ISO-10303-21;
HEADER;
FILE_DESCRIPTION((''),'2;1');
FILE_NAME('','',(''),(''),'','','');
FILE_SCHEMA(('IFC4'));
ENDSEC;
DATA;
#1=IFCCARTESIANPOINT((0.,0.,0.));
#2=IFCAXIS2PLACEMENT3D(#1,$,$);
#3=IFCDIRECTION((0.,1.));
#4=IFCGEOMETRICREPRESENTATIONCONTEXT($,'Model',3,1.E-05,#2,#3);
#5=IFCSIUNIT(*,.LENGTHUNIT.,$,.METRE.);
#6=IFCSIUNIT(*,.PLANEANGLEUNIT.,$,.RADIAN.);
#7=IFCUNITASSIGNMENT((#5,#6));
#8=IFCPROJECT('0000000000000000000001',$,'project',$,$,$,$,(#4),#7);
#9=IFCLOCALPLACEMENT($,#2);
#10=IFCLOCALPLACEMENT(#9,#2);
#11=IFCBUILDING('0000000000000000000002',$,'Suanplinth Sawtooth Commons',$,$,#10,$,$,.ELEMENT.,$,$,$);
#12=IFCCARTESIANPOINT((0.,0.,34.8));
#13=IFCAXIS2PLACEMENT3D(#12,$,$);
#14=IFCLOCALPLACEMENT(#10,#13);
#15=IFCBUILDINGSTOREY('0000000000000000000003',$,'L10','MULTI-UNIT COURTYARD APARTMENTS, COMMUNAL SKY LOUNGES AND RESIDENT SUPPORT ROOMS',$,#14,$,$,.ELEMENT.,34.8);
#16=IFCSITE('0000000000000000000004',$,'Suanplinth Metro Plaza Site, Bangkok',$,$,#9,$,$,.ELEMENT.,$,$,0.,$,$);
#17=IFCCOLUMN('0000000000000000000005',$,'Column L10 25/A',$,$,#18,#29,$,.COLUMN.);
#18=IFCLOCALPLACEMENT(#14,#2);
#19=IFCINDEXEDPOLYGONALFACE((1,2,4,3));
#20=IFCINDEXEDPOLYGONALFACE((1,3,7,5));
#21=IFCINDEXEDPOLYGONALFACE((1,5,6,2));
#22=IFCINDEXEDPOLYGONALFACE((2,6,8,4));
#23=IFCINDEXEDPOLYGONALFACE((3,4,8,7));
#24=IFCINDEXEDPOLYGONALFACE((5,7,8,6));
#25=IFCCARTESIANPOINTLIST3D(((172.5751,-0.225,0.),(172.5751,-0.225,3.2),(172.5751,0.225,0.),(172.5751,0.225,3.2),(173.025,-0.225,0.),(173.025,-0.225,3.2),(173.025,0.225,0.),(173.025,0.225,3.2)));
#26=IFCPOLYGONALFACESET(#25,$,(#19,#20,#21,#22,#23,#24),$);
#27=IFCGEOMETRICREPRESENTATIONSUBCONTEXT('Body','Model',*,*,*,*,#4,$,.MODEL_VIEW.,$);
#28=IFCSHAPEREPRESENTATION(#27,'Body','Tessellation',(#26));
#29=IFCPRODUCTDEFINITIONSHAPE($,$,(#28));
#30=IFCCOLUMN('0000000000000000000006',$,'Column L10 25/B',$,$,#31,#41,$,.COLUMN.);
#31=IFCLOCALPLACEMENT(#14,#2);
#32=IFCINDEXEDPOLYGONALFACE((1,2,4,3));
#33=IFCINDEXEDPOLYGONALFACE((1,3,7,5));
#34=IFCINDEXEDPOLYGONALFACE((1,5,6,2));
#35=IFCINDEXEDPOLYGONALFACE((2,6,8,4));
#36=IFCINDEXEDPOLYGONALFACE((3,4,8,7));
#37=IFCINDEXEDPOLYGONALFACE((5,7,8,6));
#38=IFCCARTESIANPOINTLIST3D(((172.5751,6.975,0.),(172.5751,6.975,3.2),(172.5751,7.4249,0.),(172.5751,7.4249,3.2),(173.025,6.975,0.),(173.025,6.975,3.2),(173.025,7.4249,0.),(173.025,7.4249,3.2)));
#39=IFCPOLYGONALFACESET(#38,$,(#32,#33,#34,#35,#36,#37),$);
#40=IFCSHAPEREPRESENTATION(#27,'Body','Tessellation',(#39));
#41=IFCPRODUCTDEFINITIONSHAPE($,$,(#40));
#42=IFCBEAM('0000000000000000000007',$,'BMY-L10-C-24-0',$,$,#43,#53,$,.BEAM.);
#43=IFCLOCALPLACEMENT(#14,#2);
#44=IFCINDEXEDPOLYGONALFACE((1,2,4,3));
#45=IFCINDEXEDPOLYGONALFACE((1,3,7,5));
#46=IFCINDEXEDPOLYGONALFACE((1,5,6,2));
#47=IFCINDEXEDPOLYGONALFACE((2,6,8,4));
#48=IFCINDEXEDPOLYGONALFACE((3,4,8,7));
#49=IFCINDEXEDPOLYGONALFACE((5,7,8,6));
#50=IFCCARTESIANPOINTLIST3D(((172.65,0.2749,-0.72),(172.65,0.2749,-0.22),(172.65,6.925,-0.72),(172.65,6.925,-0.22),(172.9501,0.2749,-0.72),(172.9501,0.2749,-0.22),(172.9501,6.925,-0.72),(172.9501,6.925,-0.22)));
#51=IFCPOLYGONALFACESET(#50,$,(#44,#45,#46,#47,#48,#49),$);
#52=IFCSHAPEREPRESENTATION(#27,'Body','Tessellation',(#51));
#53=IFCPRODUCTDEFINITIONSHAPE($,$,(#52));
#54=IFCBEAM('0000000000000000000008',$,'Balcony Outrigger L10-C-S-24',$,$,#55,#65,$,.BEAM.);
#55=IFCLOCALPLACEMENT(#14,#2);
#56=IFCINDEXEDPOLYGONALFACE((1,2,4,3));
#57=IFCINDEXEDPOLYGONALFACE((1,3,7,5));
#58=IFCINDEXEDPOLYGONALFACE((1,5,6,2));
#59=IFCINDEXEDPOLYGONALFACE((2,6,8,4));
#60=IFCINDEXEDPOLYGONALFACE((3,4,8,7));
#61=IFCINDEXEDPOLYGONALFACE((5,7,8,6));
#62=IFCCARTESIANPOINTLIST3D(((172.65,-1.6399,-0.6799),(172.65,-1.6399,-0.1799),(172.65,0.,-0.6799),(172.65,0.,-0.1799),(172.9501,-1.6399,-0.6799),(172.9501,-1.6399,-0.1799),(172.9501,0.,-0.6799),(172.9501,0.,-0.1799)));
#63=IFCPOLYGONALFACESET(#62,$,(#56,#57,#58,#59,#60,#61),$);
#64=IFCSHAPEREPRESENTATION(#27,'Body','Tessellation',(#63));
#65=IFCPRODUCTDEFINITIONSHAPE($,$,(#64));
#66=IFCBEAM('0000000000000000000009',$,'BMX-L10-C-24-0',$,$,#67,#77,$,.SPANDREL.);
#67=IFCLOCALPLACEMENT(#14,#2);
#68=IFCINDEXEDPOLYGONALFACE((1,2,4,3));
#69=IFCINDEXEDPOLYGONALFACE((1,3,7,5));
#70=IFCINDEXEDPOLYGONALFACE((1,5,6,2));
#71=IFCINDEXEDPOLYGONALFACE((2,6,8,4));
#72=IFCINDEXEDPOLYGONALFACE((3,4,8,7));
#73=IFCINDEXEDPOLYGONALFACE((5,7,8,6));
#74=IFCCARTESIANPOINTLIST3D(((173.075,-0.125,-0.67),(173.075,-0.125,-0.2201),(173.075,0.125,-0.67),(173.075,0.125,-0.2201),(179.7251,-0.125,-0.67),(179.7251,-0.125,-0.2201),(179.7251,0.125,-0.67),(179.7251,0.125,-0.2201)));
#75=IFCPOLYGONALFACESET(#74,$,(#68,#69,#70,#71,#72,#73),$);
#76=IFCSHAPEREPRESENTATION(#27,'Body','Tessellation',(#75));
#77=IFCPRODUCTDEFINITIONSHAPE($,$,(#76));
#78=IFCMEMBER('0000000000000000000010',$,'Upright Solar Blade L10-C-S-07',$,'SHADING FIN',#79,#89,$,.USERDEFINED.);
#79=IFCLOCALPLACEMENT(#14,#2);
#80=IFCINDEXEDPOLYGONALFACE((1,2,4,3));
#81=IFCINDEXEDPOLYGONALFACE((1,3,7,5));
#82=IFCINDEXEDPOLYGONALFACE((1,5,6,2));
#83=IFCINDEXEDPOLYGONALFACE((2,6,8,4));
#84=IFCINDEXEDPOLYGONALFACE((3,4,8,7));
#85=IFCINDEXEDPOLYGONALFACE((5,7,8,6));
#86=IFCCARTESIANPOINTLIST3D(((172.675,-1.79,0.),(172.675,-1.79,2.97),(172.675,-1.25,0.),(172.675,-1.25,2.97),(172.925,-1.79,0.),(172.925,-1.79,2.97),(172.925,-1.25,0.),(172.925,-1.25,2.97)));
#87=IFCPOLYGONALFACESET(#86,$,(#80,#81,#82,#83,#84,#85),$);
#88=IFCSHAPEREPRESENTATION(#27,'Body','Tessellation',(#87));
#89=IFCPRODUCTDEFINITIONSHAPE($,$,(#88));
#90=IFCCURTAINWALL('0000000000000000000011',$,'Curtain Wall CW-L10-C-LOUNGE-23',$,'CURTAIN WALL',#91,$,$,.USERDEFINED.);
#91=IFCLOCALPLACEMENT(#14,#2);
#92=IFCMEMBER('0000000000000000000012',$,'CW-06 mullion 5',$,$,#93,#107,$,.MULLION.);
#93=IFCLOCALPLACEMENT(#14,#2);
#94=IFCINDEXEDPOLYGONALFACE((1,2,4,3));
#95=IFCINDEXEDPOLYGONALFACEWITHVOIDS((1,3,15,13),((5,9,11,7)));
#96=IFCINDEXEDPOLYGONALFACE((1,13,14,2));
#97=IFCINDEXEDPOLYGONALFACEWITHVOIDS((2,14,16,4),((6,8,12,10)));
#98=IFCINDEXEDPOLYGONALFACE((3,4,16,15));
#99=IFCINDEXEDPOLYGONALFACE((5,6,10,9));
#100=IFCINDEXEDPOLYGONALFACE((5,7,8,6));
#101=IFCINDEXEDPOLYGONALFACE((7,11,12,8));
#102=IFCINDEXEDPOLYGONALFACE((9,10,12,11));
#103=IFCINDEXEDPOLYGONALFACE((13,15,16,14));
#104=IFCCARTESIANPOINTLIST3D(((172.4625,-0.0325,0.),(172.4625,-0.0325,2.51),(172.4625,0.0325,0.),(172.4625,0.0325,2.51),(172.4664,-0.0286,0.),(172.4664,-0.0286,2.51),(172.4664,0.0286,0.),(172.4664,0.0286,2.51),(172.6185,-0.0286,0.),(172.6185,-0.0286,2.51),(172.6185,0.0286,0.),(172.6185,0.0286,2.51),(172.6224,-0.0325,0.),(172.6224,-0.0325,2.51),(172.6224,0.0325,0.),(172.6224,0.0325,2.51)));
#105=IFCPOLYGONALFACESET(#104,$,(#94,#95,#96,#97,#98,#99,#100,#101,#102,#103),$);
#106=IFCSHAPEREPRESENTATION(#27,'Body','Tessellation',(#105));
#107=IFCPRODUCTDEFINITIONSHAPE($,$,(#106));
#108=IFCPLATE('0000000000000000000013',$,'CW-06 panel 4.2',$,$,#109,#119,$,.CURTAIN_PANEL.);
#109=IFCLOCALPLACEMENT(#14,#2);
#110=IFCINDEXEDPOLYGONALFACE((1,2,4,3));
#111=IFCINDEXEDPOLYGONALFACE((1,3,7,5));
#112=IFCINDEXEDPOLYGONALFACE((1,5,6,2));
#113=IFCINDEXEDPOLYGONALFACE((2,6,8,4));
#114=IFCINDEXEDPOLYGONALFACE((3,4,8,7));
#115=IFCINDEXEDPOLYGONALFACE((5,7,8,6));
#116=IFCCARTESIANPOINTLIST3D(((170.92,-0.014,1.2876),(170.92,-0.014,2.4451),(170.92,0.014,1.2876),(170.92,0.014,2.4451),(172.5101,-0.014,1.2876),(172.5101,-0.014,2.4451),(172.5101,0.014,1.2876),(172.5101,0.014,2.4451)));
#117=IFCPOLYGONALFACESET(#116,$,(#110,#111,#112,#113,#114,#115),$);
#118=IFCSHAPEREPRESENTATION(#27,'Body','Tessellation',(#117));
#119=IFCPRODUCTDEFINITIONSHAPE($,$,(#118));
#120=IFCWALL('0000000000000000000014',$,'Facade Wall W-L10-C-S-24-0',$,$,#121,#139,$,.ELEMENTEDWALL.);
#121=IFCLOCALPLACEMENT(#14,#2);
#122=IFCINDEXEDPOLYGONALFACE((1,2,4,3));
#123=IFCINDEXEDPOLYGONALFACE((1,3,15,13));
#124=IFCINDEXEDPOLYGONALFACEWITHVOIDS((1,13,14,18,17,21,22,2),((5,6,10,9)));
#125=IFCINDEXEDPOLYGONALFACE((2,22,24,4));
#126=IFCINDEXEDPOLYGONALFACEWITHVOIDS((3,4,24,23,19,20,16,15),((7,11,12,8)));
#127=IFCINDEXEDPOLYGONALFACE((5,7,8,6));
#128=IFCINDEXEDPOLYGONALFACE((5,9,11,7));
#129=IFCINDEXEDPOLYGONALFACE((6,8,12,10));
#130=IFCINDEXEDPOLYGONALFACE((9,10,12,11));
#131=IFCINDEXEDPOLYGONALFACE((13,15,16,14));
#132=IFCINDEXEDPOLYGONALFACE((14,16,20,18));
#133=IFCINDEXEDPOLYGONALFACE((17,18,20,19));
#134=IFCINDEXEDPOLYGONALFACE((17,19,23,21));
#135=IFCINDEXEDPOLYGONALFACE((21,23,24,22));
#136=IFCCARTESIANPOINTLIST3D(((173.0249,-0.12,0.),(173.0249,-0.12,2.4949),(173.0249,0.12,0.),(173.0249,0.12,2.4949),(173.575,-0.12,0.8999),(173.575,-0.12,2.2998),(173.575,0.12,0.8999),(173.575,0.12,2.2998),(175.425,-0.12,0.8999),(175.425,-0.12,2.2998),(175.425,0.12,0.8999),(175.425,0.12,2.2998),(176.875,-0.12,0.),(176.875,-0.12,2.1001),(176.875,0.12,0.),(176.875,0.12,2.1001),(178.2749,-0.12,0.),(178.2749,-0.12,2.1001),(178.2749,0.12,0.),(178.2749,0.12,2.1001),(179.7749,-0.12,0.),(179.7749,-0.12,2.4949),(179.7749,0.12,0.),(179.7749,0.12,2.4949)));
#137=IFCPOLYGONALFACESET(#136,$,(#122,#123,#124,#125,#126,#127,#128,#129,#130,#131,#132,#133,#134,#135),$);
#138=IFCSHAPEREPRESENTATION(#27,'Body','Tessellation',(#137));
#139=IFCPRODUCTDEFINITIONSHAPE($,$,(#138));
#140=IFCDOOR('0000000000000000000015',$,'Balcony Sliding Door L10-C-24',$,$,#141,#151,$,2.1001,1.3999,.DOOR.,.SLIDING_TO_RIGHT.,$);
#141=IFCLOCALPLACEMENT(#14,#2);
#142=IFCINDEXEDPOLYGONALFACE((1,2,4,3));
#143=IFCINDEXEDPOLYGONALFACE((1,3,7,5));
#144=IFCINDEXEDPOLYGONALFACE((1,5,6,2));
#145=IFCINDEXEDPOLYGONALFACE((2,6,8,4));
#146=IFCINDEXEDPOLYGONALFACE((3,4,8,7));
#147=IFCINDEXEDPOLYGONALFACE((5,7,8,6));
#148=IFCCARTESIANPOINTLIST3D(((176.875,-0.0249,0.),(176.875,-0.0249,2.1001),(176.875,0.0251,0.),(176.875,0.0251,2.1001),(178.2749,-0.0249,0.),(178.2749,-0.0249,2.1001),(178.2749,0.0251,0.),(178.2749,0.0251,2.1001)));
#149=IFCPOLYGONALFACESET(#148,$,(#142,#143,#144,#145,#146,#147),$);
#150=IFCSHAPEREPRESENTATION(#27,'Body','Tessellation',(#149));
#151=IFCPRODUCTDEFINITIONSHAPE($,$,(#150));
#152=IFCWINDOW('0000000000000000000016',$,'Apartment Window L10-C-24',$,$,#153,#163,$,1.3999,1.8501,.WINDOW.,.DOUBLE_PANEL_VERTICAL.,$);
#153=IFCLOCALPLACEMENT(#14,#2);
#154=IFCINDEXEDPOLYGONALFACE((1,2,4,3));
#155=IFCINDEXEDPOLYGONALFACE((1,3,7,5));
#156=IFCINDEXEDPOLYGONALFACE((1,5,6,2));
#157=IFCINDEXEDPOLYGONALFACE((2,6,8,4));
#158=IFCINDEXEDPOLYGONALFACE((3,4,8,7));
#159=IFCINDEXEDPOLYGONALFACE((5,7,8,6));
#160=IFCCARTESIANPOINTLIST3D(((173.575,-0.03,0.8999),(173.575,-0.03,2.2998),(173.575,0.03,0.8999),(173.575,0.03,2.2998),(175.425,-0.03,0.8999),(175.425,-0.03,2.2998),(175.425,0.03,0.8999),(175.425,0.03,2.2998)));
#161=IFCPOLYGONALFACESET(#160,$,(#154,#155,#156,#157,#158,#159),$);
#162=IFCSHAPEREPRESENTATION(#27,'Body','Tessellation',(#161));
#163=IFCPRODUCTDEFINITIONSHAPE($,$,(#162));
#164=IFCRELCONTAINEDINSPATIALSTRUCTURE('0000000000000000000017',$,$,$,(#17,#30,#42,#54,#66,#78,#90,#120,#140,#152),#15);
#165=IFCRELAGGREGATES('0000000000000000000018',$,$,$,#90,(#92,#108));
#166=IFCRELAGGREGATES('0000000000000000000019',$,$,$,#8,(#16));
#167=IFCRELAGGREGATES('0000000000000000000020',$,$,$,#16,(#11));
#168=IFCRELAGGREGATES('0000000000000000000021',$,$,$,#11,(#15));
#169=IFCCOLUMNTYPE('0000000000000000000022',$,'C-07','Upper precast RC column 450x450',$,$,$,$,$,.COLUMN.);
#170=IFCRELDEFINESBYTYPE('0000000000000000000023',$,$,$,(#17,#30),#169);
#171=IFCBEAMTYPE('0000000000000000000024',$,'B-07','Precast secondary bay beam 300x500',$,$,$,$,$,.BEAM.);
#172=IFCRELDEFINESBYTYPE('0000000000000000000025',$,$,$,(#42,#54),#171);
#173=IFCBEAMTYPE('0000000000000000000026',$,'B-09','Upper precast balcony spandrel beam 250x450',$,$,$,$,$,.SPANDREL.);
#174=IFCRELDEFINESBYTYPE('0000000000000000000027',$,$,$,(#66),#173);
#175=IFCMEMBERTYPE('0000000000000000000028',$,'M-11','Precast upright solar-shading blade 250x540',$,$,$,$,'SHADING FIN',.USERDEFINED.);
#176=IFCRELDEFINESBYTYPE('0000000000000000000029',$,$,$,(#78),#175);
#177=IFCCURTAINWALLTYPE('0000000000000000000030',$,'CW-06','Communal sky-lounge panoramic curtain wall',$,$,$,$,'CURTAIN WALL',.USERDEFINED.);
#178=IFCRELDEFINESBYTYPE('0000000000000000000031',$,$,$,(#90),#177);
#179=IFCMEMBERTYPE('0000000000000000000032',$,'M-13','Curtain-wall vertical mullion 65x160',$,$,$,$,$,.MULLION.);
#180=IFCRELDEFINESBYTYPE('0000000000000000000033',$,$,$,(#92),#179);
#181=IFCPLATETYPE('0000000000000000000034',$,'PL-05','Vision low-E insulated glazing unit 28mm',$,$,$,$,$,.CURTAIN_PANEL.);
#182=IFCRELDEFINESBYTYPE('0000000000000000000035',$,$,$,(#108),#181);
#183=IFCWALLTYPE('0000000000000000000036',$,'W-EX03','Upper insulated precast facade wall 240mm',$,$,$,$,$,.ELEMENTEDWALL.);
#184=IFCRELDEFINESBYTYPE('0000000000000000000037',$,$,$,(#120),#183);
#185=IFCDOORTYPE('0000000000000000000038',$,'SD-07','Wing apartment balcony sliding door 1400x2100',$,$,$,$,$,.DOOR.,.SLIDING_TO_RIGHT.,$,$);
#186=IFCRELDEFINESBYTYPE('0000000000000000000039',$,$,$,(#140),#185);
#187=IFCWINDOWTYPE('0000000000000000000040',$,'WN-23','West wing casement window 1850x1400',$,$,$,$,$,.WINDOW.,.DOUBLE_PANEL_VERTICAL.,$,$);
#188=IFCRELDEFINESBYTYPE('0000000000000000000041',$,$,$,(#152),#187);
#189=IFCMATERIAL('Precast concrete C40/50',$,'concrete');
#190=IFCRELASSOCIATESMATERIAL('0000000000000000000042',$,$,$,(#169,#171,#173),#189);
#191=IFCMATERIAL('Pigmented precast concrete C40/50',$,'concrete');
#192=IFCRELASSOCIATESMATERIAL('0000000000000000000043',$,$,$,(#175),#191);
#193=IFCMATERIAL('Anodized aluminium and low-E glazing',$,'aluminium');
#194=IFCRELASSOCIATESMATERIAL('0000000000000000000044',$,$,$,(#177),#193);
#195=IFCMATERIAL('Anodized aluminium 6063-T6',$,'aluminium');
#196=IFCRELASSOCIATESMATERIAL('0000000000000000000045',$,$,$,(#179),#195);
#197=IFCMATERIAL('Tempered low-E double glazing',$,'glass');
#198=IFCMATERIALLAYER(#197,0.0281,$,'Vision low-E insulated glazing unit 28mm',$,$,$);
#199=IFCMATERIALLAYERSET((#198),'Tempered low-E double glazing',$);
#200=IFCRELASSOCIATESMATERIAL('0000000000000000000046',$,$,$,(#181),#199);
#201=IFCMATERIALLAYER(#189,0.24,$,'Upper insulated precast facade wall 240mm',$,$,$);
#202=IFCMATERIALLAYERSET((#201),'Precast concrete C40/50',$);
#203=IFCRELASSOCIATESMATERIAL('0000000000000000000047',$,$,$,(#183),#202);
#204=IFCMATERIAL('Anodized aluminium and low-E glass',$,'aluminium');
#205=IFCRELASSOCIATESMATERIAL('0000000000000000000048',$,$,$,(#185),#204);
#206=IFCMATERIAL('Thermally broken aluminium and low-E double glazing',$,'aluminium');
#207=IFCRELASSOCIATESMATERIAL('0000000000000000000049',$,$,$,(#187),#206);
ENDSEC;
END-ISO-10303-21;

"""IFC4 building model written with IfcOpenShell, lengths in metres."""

from ifc_helpers import new_model, si_unit, direction, frame, frame_2d, origin, origin_2d, place, context, subcontext, project, spatial, rectangle, hollow_rectangle, extrude, material, layer, layer_set, material_profile, profile_set, type_object, element, fill, aggregate, save


model = new_model("IFC4")

# Units and contexts
model_context = context("Model", 3, precision=1e-05, world=origin(), true_north=direction((0.0, 1.0)))
body_context = subcontext(model_context, "Body", "Model", "MODEL_VIEW")
ifc_project = project(units=[si_unit("LENGTHUNIT", "METRE"), si_unit("PLANEANGLEUNIT", "RADIAN")], contexts=[model_context])

# Site, building, storey
site_placement = place(None, origin())
site = spatial("IfcSite", under=ifc_project, at=site_placement, Name="Suanplinth Metro Plaza Site, Bangkok", CompositionType="ELEMENT", RefElevation=0.0)
building_placement = place(site_placement, origin())
building = spatial("IfcBuilding", under=site, at=building_placement, Name="Suanplinth Sawtooth Commons", CompositionType="ELEMENT")
storey_placement = place(building_placement, frame((0.0, 0.0, 34.8)))
storey = spatial("IfcBuildingStorey", under=building, at=storey_placement, Name="L10", Description="MULTI-UNIT COURTYARD APARTMENTS, COMMUNAL SKY LOUNGES AND RESIDENT SUPPORT ROOMS", CompositionType="ELEMENT", Elevation=34.8)

# Columns
ifc_material_1 = material(Name="Precast concrete C40/50", Category="concrete")
ifc_material_profile_1 = material_profile(ifc_material_1, rectangle(XDim=0.45, YDim=0.45, at=origin_2d()), Name="PC-COL 450x450")
ifc_profile_set_1 = profile_set([ifc_material_profile_1], Name="Precast concrete C40/50")
column_type = type_object("IfcColumnType", Name="C-07", Description="Upper precast RC column 450x450", PredefinedType="COLUMN", material=ifc_profile_set_1)
for number, where, z_axis, x_axis, name in (
    (1, (172.8, 0.0, 0.0), (0.0, 0.0, 1.0), (1.0, 0.0, 0.0), "Column L10 25/A"),
    (2, (172.8, 7.2, 0.0), (0.0, 0.0, 1.0), (1.0, 0.0, 0.0), "Column L10 25/B"),
):
    element("IfcColumn", number, at=place(storey_placement, frame(where, z_axis=z_axis, x_axis=x_axis)), inside=storey, type_object=column_type, Name=name, PredefinedType="COLUMN", context=body_context, shape_type="SweptSolid", body=[
        extrude(rectangle(XDim=0.45, YDim=0.45, at=origin_2d()), origin(), (0.0, 0.0, 1.0), 3.2),
    ])

# Beams
ifc_material_profile_2 = material_profile(ifc_material_1, rectangle(XDim=0.3, YDim=0.5, at=origin_2d()), Name="PC-BM 300x500")
ifc_profile_set_2 = profile_set([ifc_material_profile_2], Name="Precast concrete C40/50")
beam_type_1 = type_object("IfcBeamType", Name="B-07", Description="Precast secondary bay beam 300x500", PredefinedType="BEAM", material=ifc_profile_set_2)
beam_1_placement = place(storey_placement, frame((172.8, 0.2749, -0.47), z_axis=(0.0, 1.0, 0.0), x_axis=(-1.0, 0.0, 0.0)))
element("IfcBeam", 3, at=beam_1_placement, inside=storey, type_object=beam_type_1, Name="BMY-L10-C-24-0", PredefinedType="BEAM", context=body_context, shape_type="SweptSolid", body=[
    extrude(rectangle(XDim=0.3, YDim=0.5, at=origin_2d()), origin(), (0.0, 0.0, 1.0), 6.6501),
])
beam_2_placement = place(storey_placement, frame((172.8, 0.0, -0.4299), z_axis=(0.0, -1.0, 0.0), x_axis=(1.0, 0.0, 0.0)))
element("IfcBeam", 4, at=beam_2_placement, inside=storey, type_object=beam_type_1, Name="Balcony Outrigger L10-C-S-24", PredefinedType="BEAM", context=body_context, shape_type="SweptSolid", body=[
    extrude(rectangle(XDim=0.3, YDim=0.5, at=origin_2d()), origin(), (0.0, 0.0, 1.0), 1.6399),
])
ifc_material_profile_3 = material_profile(ifc_material_1, rectangle(XDim=0.25, YDim=0.45, at=origin_2d()), Name="PC-SP 250x450")
ifc_profile_set_3 = profile_set([ifc_material_profile_3], Name="Precast concrete C40/50")
beam_type_2 = type_object("IfcBeamType", Name="B-09", Description="Upper precast balcony spandrel beam 250x450", PredefinedType="SPANDREL", material=ifc_profile_set_3)
beam_3_placement = place(storey_placement, frame((173.075, 0.0, -0.4451), z_axis=(1.0, 0.0, 0.0), x_axis=(0.0, 1.0, 0.0)))
element("IfcBeam", 5, at=beam_3_placement, inside=storey, type_object=beam_type_2, Name="BMX-L10-C-24-0", PredefinedType="SPANDREL", context=body_context, shape_type="SweptSolid", body=[
    extrude(rectangle(XDim=0.25, YDim=0.45, at=origin_2d()), origin(), (0.0, 0.0, 1.0), 6.6501),
])

# Member
ifc_material_2 = material(Name="Pigmented precast concrete C40/50", Category="concrete")
ifc_material_profile_4 = material_profile(ifc_material_2, rectangle(XDim=0.25, YDim=0.54, at=origin_2d()), Name="PC-FIN 250x540")
ifc_profile_set_4 = profile_set([ifc_material_profile_4], Name="Pigmented precast concrete C40/50")
member_type_1 = type_object("IfcMemberType", Name="M-11", Description="Precast upright solar-shading blade 250x540", ElementType="SHADING FIN", PredefinedType="USERDEFINED", material=ifc_profile_set_4)
member_1_placement = place(storey_placement, frame((172.8, -1.52, 0.0), z_axis=(0.0, 0.0, 1.0), x_axis=(1.0, 0.0, 0.0)))
element("IfcMember", 6, at=member_1_placement, inside=storey, type_object=member_type_1, Name="Upright Solar Blade L10-C-S-07", ObjectType="SHADING FIN", PredefinedType="USERDEFINED", context=body_context, shape_type="SweptSolid", body=[
    extrude(rectangle(XDim=0.25, YDim=0.54, at=origin_2d()), origin(), (0.0, 0.0, 1.0), 2.97),
])

# Curtain wall, member, plate
ifc_material_3 = material(Name="Anodized aluminium and low-E glazing", Category="aluminium")
curtain_wall_type = type_object("IfcCurtainWallType", Name="CW-06", Description="Communal sky-lounge panoramic curtain wall", ElementType="CURTAIN WALL", PredefinedType="USERDEFINED", material=ifc_material_3)
curtain_wall_placement = place(storey_placement, origin())
curtain_wall = element("IfcCurtainWall", 7, at=curtain_wall_placement, inside=storey, type_object=curtain_wall_type, Name="Curtain Wall CW-L10-C-LOUNGE-23", ObjectType="CURTAIN WALL", PredefinedType="USERDEFINED")
ifc_material_4 = material(Name="Anodized aluminium 6063-T6", Category="aluminium")
ifc_material_profile_5 = material_profile(ifc_material_4, hollow_rectangle(XDim=0.0649, YDim=0.1599, WallThickness=0.0039, at=origin_2d()), Name="ALU-MUL 65x160")
ifc_profile_set_5 = profile_set([ifc_material_profile_5], Name="Anodized aluminium 6063-T6")
member_type_2 = type_object("IfcMemberType", Name="M-13", Description="Curtain-wall vertical mullion 65x160", PredefinedType="MULLION", material=ifc_profile_set_5)
member_2_placement = place(storey_placement, frame((172.5425, 0.0, 0.0), z_axis=(0.0, 0.0, 1.0), x_axis=(0.0, 1.0, 0.0)))
member_2 = element("IfcMember", 8, at=member_2_placement, type_object=member_type_2, Name="CW-06 mullion 5", PredefinedType="MULLION", context=body_context, shape_type="SweptSolid", body=[
    extrude(hollow_rectangle(XDim=0.0649, YDim=0.1599, WallThickness=0.0039, at=origin_2d()), origin(), (0.0, 0.0, 1.0), 2.51),
])
ifc_material_5 = material(Name="Tempered low-E double glazing", Category="glass")
ifc_layer_1 = layer(ifc_material_5, 0.0281, Name="Vision low-E insulated glazing unit 28mm")
ifc_layer_set_1 = layer_set([ifc_layer_1], Name="Tempered low-E double glazing")
plate_type = type_object("IfcPlateType", Name="PL-05", Description="Vision low-E insulated glazing unit 28mm", PredefinedType="CURTAIN_PANEL", material=ifc_layer_set_1)
plate_placement = place(storey_placement, frame((171.7151, 0.0, 1.2876), z_axis=(0.0, 0.0, 1.0), x_axis=(1.0, 0.0, 0.0)))
plate = element("IfcPlate", 9, at=plate_placement, type_object=plate_type, Name="CW-06 panel 4.2", PredefinedType="CURTAIN_PANEL", context=body_context, shape_type="SweptSolid", body=[
    extrude(rectangle(XDim=1.5901, YDim=0.0281, at=origin_2d()), origin(), (0.0, 0.0, 1.0), 1.1575),
])
aggregate(curtain_wall, [member_2, plate])

# Wall, openings, door, window
ifc_layer_2 = layer(ifc_material_1, 0.24, Name="Upper insulated precast facade wall 240mm")
ifc_layer_set_2 = layer_set([ifc_layer_2], Name="Precast concrete C40/50")
wall_type_1 = type_object("IfcWallType", Name="W-EX03", Description="Upper insulated precast facade wall 240mm", PredefinedType="ELEMENTEDWALL", material=ifc_layer_set_2)
wall_1_placement = place(storey_placement, frame((173.0249, 0.0, 0.0), z_axis=(0.0, 0.0, 1.0), x_axis=(1.0, 0.0, 0.0)))
wall_1 = element("IfcWall", 10, at=wall_1_placement, inside=storey, type_object=wall_type_1, Name="Facade Wall W-L10-C-S-24-0", PredefinedType="ELEMENTEDWALL", context=body_context, shape_type="SweptSolid", body=[
    extrude(rectangle(XDim=6.75, YDim=0.24, at=frame_2d((3.375, 0.0))), origin(), (0.0, 0.0, 1.0), 2.4949),
])
opening_1_placement = place(wall_1_placement, frame((3.8501, 0.0, 0.0)))
opening_1 = element("IfcOpeningElement", 11, at=opening_1_placement, cuts=wall_1, PredefinedType="OPENING", context=body_context, shape_type="SweptSolid", body=[
    extrude(rectangle(XDim=1.3999, YDim=2.1001, at=frame_2d((0.7, 1.05))), frame((0.0, 0.1348, 0.0), z_axis=(0.0, -1.0, 0.0), x_axis=(1.0, 0.0, 0.0)), (0.0, 0.0, 1.0), 0.2698),
])
opening_2_placement = place(wall_1_placement, frame((0.55, 0.0, 0.8999)))
opening_2 = element("IfcOpeningElement", 12, at=opening_2_placement, cuts=wall_1, PredefinedType="OPENING", context=body_context, shape_type="SweptSolid", body=[
    extrude(rectangle(XDim=1.8501, YDim=1.3999, at=frame_2d((0.925, 0.7))), frame((0.0, 0.1348, 0.0), z_axis=(0.0, -1.0, 0.0), x_axis=(1.0, 0.0, 0.0)), (0.0, 0.0, 1.0), 0.2698),
])
ifc_material_6 = material(Name="Anodized aluminium and low-E glass", Category="aluminium")
door_type_1 = type_object("IfcDoorType", Name="SD-07", Description="Wing apartment balcony sliding door 1400x2100", OperationType="SLIDING_TO_RIGHT", PredefinedType="DOOR", material=ifc_material_6)
door_1_placement = place(opening_1_placement, frame((1.3999, 0.0, 0.0), z_axis=(0.0, 0.0, 1.0), x_axis=(-1.0, 0.0, 0.0)))
door_1 = element("IfcDoor", 13, at=door_1_placement, inside=storey, type_object=door_type_1, Name="Balcony Sliding Door L10-C-24", OperationType="SLIDING_TO_RIGHT", OverallHeight=2.1001, OverallWidth=1.3999, PredefinedType="DOOR", context=body_context, shape_type="SweptSolid", body=[
    extrude(rectangle(XDim=1.3999, YDim=2.1001, at=frame_2d((0.7, 1.05))), frame((0.0, 0.0249, 0.0), z_axis=(0.0, -1.0, 0.0), x_axis=(1.0, 0.0, 0.0)), (0.0, 0.0, 1.0), 0.05),
])
fill(opening_1, door_1)
ifc_material_7 = material(Name="Thermally broken aluminium and low-E double glazing", Category="aluminium")
window_type = type_object("IfcWindowType", Name="WN-23", Description="West wing casement window 1850x1400", PartitioningType="DOUBLE_PANEL_VERTICAL", PredefinedType="WINDOW", material=ifc_material_7)
window_placement = place(opening_2_placement, origin())
window = element("IfcWindow", 14, at=window_placement, inside=storey, type_object=window_type, Name="Apartment Window L10-C-24", OverallHeight=1.3999, OverallWidth=1.8501, PartitioningType="DOUBLE_PANEL_VERTICAL", PredefinedType="WINDOW", context=body_context, shape_type="SweptSolid", body=[
    extrude(rectangle(XDim=1.8501, YDim=1.3999, at=frame_2d((0.925, 0.7))), frame((0.0, 0.03, 0.0), z_axis=(0.0, -1.0, 0.0), x_axis=(1.0, 0.0, 0.0)), (0.0, 0.0, 1.0), 0.0601),
])
fill(opening_2, window)

save(model, "model.ifc")
